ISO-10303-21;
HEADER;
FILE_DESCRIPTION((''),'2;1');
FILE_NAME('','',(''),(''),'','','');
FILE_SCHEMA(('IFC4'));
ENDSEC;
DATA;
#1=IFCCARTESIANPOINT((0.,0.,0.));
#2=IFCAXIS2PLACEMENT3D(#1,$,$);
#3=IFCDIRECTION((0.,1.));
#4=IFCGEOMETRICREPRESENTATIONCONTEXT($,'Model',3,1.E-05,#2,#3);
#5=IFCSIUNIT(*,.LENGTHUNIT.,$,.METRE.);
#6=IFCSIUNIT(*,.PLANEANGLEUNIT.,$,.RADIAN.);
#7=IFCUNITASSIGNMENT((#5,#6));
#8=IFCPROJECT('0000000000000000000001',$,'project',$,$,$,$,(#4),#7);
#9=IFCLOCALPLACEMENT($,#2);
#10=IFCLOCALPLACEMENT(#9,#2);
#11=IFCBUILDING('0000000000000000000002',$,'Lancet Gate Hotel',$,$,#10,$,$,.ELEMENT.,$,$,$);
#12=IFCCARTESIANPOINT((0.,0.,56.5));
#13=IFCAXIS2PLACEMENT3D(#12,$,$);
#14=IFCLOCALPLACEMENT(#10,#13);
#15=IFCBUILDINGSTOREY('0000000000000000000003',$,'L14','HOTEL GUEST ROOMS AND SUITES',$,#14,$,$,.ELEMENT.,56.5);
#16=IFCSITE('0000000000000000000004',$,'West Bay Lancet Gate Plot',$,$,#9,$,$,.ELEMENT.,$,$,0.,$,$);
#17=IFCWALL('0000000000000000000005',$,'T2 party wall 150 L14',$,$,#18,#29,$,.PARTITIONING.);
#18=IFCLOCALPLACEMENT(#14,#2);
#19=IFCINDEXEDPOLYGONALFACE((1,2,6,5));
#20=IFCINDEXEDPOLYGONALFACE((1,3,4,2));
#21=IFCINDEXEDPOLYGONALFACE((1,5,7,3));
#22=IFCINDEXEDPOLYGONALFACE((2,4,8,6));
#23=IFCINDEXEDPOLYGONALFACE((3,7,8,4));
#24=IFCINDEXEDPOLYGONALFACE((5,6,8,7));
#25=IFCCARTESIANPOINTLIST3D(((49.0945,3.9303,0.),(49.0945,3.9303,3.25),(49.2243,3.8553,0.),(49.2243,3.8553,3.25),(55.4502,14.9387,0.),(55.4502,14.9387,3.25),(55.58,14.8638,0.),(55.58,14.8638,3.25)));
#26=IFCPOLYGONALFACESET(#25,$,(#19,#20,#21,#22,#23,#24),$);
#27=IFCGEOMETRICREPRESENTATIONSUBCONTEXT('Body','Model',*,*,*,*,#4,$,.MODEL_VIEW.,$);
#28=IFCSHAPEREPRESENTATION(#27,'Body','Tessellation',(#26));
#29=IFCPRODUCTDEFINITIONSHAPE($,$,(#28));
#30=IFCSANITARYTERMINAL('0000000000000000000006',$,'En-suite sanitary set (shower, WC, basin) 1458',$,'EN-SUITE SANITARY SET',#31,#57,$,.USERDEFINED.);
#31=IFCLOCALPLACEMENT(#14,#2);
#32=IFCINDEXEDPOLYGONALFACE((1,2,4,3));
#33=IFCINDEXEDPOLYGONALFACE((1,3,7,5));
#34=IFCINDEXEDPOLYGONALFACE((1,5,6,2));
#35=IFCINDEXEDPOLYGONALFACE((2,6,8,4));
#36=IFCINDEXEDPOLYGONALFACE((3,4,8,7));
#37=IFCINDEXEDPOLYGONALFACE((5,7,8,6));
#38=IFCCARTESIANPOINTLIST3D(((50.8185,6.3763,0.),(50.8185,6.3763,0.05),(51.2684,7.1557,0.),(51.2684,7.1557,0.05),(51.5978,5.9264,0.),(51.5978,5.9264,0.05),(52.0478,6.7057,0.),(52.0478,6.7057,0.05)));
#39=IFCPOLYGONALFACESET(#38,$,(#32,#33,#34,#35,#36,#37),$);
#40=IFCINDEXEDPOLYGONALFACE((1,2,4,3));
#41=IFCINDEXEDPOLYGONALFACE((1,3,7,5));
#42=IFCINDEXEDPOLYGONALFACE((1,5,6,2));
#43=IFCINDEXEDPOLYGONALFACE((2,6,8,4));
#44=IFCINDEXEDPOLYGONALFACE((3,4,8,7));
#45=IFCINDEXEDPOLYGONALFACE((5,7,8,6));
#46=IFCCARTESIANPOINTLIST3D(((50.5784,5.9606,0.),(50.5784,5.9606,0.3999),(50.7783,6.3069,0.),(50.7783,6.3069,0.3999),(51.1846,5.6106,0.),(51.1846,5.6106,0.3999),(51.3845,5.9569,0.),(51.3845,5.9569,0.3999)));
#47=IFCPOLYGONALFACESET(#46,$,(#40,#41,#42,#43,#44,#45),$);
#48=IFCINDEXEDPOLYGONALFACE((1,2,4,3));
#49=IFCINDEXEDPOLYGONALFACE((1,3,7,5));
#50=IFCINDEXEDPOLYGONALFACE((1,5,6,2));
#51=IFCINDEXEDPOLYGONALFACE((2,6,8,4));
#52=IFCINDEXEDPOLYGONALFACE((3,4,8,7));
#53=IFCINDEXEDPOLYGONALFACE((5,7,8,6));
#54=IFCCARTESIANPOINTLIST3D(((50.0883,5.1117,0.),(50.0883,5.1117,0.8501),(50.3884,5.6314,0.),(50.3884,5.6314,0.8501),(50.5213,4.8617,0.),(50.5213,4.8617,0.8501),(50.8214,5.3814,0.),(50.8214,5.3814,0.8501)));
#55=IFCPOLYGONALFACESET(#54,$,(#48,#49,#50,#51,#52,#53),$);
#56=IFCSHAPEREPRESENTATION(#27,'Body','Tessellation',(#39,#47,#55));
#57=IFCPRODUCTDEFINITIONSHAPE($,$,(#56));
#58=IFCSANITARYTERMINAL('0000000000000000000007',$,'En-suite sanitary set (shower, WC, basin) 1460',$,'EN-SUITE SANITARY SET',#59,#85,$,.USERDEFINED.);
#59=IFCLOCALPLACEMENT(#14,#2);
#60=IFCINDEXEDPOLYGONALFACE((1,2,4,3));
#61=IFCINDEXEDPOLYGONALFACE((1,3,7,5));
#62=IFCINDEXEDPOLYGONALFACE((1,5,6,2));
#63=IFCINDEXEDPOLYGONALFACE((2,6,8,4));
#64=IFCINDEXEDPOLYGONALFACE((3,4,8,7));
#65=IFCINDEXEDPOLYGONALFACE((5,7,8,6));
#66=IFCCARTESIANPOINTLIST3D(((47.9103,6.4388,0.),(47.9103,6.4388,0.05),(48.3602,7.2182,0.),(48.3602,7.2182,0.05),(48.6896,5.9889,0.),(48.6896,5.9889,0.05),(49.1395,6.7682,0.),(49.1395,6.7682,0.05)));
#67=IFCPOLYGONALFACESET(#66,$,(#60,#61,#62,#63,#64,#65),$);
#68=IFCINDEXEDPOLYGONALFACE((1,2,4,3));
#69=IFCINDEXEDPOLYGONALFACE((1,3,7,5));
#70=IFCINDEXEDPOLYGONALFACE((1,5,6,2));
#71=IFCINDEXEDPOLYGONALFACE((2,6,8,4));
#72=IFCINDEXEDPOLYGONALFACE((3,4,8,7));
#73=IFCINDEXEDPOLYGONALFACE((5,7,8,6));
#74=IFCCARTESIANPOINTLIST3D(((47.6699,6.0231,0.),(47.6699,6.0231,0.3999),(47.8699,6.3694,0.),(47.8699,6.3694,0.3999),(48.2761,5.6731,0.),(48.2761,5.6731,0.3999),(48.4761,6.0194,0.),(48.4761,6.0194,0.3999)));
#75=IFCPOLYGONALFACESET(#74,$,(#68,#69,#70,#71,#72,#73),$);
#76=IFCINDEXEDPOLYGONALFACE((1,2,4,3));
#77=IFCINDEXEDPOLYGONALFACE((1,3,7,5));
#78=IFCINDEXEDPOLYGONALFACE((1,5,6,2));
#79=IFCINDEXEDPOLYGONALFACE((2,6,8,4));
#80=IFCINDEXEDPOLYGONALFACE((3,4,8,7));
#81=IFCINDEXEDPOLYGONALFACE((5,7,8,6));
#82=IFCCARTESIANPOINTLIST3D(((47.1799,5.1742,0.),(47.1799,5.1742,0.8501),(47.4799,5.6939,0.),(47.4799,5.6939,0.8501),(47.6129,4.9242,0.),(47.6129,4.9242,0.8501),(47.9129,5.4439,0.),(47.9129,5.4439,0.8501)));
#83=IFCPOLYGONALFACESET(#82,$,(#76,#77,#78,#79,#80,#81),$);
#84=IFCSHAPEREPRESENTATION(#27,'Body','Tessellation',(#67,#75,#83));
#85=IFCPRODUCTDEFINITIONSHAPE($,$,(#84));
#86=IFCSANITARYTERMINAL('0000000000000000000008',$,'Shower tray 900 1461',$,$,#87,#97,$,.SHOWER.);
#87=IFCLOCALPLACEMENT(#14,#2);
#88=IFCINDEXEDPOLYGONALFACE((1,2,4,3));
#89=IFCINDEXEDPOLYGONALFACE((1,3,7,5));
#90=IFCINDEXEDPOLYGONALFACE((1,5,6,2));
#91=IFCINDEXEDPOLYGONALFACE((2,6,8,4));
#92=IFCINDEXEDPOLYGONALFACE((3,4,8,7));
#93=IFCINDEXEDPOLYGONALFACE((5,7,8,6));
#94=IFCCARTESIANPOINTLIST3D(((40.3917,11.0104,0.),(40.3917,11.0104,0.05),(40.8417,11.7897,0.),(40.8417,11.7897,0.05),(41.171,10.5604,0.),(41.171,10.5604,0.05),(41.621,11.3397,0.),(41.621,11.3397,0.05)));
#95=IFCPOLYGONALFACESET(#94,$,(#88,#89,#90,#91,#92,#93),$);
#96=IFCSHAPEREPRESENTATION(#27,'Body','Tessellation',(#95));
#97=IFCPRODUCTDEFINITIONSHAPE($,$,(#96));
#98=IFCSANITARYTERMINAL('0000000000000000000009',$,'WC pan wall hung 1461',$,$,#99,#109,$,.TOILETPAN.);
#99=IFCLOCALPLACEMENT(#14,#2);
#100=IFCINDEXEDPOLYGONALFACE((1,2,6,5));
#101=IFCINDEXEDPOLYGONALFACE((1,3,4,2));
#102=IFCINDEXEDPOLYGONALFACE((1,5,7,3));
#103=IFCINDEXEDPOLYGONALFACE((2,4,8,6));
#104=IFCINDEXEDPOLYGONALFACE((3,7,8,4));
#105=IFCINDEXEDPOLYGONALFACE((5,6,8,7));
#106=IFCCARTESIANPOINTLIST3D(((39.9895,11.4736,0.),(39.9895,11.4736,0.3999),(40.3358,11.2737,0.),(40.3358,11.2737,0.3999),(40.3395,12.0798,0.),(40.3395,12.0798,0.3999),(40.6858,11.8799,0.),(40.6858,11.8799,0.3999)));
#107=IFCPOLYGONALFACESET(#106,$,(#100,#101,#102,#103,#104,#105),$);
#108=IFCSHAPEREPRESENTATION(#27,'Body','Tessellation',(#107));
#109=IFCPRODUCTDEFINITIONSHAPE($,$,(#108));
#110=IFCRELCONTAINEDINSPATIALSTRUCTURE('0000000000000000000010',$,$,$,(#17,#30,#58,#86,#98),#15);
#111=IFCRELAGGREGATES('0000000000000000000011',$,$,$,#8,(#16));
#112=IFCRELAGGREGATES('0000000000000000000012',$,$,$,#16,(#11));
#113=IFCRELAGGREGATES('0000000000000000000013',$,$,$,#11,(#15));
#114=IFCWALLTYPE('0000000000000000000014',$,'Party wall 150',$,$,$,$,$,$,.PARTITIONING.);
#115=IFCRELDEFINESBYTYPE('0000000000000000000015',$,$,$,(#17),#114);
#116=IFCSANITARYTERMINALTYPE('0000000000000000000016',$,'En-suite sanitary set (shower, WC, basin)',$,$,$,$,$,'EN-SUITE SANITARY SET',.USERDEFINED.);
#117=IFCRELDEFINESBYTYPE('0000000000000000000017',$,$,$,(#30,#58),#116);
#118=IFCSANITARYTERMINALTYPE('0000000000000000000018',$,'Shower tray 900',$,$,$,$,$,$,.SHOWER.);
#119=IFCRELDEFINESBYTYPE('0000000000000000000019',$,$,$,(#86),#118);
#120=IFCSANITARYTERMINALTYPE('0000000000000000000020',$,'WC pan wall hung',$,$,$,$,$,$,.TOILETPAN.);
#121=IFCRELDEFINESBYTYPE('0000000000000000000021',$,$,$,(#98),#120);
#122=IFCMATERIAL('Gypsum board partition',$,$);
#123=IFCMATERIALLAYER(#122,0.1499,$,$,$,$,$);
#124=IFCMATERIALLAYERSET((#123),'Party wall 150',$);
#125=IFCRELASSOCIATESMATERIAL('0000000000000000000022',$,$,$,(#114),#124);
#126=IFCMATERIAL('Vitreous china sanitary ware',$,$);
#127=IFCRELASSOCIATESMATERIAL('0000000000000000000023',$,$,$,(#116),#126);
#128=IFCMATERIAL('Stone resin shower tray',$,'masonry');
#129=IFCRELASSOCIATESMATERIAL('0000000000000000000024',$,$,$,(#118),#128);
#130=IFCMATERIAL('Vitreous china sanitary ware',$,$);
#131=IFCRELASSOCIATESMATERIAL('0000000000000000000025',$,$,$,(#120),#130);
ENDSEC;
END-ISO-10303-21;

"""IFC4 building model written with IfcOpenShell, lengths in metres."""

from ifc_helpers import new_model, si_unit, direction, frame, frame_2d, origin, origin_2d, place, context, subcontext, project, spatial, rectangle, extrude, material, layer, layer_set, type_object, element, save


model = new_model("IFC4")

# Units and contexts
model_context = context("Model", 3, precision=1e-05, world=origin(), true_north=direction((0.0, 1.0)))
body_context = subcontext(model_context, "Body", "Model", "MODEL_VIEW")
ifc_project = project(units=[si_unit("LENGTHUNIT", "METRE"), si_unit("PLANEANGLEUNIT", "RADIAN")], contexts=[model_context])

# Site, building, storey
site_placement = place(None, origin())
site = spatial("IfcSite", under=ifc_project, at=site_placement, Name="West Bay Lancet Gate Plot", CompositionType="ELEMENT", RefElevation=0.0)
building_placement = place(site_placement, origin())
building = spatial("IfcBuilding", under=site, at=building_placement, Name="Lancet Gate Hotel", CompositionType="ELEMENT")
storey_placement = place(building_placement, frame((0.0, 0.0, 56.5)))
storey = spatial("IfcBuildingStorey", under=building, at=storey_placement, Name="L14", Description="HOTEL GUEST ROOMS AND SUITES", CompositionType="ELEMENT", Elevation=56.5)

# Wall
ifc_material_1 = material(Name="Gypsum board partition")
ifc_layer_1 = layer(ifc_material_1, 0.1499)
ifc_layer_set_1 = layer_set([ifc_layer_1], Name="Party wall 150")
wall_type_1 = type_object("IfcWallType", Name="Party wall 150", PredefinedType="PARTITIONING", material=ifc_layer_set_1)
wall_1_placement = place(storey_placement, frame((49.1594, 3.8928, 0.0), z_axis=(0.0, 0.0, 1.0), x_axis=(0.499996, 0.866028, 0.0)))
element("IfcWall", 1, at=wall_1_placement, inside=storey, type_object=wall_type_1, Name="T2 party wall 150 L14", PredefinedType="PARTITIONING", context=body_context, shape_type="SweptSolid", body=[
    extrude(rectangle(XDim=12.7114, YDim=0.1499, at=frame_2d((6.3557, 0.0))), origin(), (0.0, 0.0, 1.0), 3.25),
])

# Sanitary terminals
ifc_material_2 = material(Name="Vitreous china sanitary ware")
sanitary_terminal_type_1 = type_object("IfcSanitaryTerminalType", Name="En-suite sanitary set (shower, WC, basin)", ElementType="EN-SUITE SANITARY SET", PredefinedType="USERDEFINED", material=ifc_material_2)
sanitary_terminal_1_placement = place(storey_placement, frame((51.4331, 6.541, 0.0), z_axis=(0.0, 0.0, 1.0), x_axis=(1.0, 0.0, 0.0)))
element("IfcSanitaryTerminal", 2, at=sanitary_terminal_1_placement, inside=storey, type_object=sanitary_terminal_type_1, Name="En-suite sanitary set (shower, WC, basin) 1458", ObjectType="EN-SUITE SANITARY SET", PredefinedType="USERDEFINED", context=body_context, shape_type="SweptSolid", body=[
    extrude(rectangle(XDim=0.8999, YDim=0.8999, at=origin_2d()), frame((0.0, 0.0, 0.0), z_axis=(0.0, 0.0, 1.0), x_axis=(0.5, 0.866025, 0.0)), (0.0, 0.0, 1.0), 0.05),
    extrude(rectangle(XDim=0.3999, YDim=0.7, at=origin_2d()), frame((-0.4517, -0.5823, 0.0), z_axis=(0.0, 0.0, 1.0), x_axis=(0.5, 0.866025, 0.0)), (0.0, 0.0, 1.0), 0.3999),
    extrude(rectangle(XDim=0.6001, YDim=0.5, at=origin_2d()), frame((-0.9783, -1.2944, 0.0), z_axis=(0.0, 0.0, 1.0), x_axis=(0.5, 0.866025, 0.0)), (0.0, 0.0, 1.0), 0.8501),
])
sanitary_terminal_2_placement = place(storey_placement, frame((48.5249, 6.6035, 0.0), z_axis=(0.0, 0.0, 1.0), x_axis=(1.0, 0.0, 0.0)))
element("IfcSanitaryTerminal", 3, at=sanitary_terminal_2_placement, inside=storey, type_object=sanitary_terminal_type_1, Name="En-suite sanitary set (shower, WC, basin) 1460", ObjectType="EN-SUITE SANITARY SET", PredefinedType="USERDEFINED", context=body_context, shape_type="SweptSolid", body=[
    extrude(rectangle(XDim=0.8999, YDim=0.8999, at=origin_2d()), frame((0.0, 0.0, 0.0), z_axis=(0.0, 0.0, 1.0), x_axis=(0.5, 0.866025, 0.0)), (0.0, 0.0, 1.0), 0.05),
    extrude(rectangle(XDim=0.3999, YDim=0.7, at=origin_2d()), frame((-0.4519, -0.5823, 0.0), z_axis=(0.0, 0.0, 1.0), x_axis=(0.5, 0.866025, 0.0)), (0.0, 0.0, 1.0), 0.3999),
    extrude(rectangle(XDim=0.6001, YDim=0.5, at=origin_2d()), frame((-0.9785, -1.2944, 0.0), z_axis=(0.0, 0.0, 1.0), x_axis=(0.5, 0.866025, 0.0)), (0.0, 0.0, 1.0), 0.8501),
])
ifc_material_3 = material(Name="Stone resin shower tray", Category="masonry")
sanitary_terminal_type_2 = type_object("IfcSanitaryTerminalType", Name="Shower tray 900", PredefinedType="SHOWER", material=ifc_material_3)
sanitary_terminal_3_placement = place(storey_placement, frame((41.0063, 11.175, 0.0), z_axis=(0.0, 0.0, 1.0), x_axis=(0.866025, -0.5, 0.0)))
element("IfcSanitaryTerminal", 4, at=sanitary_terminal_3_placement, inside=storey, type_object=sanitary_terminal_type_2, Name="Shower tray 900 1461", PredefinedType="SHOWER", context=body_context, shape_type="SweptSolid", body=[
    extrude(rectangle(XDim=0.8999, YDim=0.8999, at=origin_2d()), origin(), (0.0, 0.0, 1.0), 0.05),
])
ifc_material_4 = material(Name="Vitreous china sanitary ware")
sanitary_terminal_type_3 = type_object("IfcSanitaryTerminalType", Name="WC pan wall hung", PredefinedType="TOILETPAN", material=ifc_material_4)
sanitary_terminal_4_placement = place(storey_placement, frame((40.3376, 11.6768, 0.0), z_axis=(0.0, 0.0, 1.0), x_axis=(0.866025, -0.5, 0.0)))
element("IfcSanitaryTerminal", 5, at=sanitary_terminal_4_placement, inside=storey, type_object=sanitary_terminal_type_3, Name="WC pan wall hung 1461", PredefinedType="TOILETPAN", context=body_context, shape_type="SweptSolid", body=[
    extrude(rectangle(XDim=0.3999, YDim=0.7, at=origin_2d()), origin(), (0.0, 0.0, 1.0), 0.3999),
])

save(model, "model.ifc")
